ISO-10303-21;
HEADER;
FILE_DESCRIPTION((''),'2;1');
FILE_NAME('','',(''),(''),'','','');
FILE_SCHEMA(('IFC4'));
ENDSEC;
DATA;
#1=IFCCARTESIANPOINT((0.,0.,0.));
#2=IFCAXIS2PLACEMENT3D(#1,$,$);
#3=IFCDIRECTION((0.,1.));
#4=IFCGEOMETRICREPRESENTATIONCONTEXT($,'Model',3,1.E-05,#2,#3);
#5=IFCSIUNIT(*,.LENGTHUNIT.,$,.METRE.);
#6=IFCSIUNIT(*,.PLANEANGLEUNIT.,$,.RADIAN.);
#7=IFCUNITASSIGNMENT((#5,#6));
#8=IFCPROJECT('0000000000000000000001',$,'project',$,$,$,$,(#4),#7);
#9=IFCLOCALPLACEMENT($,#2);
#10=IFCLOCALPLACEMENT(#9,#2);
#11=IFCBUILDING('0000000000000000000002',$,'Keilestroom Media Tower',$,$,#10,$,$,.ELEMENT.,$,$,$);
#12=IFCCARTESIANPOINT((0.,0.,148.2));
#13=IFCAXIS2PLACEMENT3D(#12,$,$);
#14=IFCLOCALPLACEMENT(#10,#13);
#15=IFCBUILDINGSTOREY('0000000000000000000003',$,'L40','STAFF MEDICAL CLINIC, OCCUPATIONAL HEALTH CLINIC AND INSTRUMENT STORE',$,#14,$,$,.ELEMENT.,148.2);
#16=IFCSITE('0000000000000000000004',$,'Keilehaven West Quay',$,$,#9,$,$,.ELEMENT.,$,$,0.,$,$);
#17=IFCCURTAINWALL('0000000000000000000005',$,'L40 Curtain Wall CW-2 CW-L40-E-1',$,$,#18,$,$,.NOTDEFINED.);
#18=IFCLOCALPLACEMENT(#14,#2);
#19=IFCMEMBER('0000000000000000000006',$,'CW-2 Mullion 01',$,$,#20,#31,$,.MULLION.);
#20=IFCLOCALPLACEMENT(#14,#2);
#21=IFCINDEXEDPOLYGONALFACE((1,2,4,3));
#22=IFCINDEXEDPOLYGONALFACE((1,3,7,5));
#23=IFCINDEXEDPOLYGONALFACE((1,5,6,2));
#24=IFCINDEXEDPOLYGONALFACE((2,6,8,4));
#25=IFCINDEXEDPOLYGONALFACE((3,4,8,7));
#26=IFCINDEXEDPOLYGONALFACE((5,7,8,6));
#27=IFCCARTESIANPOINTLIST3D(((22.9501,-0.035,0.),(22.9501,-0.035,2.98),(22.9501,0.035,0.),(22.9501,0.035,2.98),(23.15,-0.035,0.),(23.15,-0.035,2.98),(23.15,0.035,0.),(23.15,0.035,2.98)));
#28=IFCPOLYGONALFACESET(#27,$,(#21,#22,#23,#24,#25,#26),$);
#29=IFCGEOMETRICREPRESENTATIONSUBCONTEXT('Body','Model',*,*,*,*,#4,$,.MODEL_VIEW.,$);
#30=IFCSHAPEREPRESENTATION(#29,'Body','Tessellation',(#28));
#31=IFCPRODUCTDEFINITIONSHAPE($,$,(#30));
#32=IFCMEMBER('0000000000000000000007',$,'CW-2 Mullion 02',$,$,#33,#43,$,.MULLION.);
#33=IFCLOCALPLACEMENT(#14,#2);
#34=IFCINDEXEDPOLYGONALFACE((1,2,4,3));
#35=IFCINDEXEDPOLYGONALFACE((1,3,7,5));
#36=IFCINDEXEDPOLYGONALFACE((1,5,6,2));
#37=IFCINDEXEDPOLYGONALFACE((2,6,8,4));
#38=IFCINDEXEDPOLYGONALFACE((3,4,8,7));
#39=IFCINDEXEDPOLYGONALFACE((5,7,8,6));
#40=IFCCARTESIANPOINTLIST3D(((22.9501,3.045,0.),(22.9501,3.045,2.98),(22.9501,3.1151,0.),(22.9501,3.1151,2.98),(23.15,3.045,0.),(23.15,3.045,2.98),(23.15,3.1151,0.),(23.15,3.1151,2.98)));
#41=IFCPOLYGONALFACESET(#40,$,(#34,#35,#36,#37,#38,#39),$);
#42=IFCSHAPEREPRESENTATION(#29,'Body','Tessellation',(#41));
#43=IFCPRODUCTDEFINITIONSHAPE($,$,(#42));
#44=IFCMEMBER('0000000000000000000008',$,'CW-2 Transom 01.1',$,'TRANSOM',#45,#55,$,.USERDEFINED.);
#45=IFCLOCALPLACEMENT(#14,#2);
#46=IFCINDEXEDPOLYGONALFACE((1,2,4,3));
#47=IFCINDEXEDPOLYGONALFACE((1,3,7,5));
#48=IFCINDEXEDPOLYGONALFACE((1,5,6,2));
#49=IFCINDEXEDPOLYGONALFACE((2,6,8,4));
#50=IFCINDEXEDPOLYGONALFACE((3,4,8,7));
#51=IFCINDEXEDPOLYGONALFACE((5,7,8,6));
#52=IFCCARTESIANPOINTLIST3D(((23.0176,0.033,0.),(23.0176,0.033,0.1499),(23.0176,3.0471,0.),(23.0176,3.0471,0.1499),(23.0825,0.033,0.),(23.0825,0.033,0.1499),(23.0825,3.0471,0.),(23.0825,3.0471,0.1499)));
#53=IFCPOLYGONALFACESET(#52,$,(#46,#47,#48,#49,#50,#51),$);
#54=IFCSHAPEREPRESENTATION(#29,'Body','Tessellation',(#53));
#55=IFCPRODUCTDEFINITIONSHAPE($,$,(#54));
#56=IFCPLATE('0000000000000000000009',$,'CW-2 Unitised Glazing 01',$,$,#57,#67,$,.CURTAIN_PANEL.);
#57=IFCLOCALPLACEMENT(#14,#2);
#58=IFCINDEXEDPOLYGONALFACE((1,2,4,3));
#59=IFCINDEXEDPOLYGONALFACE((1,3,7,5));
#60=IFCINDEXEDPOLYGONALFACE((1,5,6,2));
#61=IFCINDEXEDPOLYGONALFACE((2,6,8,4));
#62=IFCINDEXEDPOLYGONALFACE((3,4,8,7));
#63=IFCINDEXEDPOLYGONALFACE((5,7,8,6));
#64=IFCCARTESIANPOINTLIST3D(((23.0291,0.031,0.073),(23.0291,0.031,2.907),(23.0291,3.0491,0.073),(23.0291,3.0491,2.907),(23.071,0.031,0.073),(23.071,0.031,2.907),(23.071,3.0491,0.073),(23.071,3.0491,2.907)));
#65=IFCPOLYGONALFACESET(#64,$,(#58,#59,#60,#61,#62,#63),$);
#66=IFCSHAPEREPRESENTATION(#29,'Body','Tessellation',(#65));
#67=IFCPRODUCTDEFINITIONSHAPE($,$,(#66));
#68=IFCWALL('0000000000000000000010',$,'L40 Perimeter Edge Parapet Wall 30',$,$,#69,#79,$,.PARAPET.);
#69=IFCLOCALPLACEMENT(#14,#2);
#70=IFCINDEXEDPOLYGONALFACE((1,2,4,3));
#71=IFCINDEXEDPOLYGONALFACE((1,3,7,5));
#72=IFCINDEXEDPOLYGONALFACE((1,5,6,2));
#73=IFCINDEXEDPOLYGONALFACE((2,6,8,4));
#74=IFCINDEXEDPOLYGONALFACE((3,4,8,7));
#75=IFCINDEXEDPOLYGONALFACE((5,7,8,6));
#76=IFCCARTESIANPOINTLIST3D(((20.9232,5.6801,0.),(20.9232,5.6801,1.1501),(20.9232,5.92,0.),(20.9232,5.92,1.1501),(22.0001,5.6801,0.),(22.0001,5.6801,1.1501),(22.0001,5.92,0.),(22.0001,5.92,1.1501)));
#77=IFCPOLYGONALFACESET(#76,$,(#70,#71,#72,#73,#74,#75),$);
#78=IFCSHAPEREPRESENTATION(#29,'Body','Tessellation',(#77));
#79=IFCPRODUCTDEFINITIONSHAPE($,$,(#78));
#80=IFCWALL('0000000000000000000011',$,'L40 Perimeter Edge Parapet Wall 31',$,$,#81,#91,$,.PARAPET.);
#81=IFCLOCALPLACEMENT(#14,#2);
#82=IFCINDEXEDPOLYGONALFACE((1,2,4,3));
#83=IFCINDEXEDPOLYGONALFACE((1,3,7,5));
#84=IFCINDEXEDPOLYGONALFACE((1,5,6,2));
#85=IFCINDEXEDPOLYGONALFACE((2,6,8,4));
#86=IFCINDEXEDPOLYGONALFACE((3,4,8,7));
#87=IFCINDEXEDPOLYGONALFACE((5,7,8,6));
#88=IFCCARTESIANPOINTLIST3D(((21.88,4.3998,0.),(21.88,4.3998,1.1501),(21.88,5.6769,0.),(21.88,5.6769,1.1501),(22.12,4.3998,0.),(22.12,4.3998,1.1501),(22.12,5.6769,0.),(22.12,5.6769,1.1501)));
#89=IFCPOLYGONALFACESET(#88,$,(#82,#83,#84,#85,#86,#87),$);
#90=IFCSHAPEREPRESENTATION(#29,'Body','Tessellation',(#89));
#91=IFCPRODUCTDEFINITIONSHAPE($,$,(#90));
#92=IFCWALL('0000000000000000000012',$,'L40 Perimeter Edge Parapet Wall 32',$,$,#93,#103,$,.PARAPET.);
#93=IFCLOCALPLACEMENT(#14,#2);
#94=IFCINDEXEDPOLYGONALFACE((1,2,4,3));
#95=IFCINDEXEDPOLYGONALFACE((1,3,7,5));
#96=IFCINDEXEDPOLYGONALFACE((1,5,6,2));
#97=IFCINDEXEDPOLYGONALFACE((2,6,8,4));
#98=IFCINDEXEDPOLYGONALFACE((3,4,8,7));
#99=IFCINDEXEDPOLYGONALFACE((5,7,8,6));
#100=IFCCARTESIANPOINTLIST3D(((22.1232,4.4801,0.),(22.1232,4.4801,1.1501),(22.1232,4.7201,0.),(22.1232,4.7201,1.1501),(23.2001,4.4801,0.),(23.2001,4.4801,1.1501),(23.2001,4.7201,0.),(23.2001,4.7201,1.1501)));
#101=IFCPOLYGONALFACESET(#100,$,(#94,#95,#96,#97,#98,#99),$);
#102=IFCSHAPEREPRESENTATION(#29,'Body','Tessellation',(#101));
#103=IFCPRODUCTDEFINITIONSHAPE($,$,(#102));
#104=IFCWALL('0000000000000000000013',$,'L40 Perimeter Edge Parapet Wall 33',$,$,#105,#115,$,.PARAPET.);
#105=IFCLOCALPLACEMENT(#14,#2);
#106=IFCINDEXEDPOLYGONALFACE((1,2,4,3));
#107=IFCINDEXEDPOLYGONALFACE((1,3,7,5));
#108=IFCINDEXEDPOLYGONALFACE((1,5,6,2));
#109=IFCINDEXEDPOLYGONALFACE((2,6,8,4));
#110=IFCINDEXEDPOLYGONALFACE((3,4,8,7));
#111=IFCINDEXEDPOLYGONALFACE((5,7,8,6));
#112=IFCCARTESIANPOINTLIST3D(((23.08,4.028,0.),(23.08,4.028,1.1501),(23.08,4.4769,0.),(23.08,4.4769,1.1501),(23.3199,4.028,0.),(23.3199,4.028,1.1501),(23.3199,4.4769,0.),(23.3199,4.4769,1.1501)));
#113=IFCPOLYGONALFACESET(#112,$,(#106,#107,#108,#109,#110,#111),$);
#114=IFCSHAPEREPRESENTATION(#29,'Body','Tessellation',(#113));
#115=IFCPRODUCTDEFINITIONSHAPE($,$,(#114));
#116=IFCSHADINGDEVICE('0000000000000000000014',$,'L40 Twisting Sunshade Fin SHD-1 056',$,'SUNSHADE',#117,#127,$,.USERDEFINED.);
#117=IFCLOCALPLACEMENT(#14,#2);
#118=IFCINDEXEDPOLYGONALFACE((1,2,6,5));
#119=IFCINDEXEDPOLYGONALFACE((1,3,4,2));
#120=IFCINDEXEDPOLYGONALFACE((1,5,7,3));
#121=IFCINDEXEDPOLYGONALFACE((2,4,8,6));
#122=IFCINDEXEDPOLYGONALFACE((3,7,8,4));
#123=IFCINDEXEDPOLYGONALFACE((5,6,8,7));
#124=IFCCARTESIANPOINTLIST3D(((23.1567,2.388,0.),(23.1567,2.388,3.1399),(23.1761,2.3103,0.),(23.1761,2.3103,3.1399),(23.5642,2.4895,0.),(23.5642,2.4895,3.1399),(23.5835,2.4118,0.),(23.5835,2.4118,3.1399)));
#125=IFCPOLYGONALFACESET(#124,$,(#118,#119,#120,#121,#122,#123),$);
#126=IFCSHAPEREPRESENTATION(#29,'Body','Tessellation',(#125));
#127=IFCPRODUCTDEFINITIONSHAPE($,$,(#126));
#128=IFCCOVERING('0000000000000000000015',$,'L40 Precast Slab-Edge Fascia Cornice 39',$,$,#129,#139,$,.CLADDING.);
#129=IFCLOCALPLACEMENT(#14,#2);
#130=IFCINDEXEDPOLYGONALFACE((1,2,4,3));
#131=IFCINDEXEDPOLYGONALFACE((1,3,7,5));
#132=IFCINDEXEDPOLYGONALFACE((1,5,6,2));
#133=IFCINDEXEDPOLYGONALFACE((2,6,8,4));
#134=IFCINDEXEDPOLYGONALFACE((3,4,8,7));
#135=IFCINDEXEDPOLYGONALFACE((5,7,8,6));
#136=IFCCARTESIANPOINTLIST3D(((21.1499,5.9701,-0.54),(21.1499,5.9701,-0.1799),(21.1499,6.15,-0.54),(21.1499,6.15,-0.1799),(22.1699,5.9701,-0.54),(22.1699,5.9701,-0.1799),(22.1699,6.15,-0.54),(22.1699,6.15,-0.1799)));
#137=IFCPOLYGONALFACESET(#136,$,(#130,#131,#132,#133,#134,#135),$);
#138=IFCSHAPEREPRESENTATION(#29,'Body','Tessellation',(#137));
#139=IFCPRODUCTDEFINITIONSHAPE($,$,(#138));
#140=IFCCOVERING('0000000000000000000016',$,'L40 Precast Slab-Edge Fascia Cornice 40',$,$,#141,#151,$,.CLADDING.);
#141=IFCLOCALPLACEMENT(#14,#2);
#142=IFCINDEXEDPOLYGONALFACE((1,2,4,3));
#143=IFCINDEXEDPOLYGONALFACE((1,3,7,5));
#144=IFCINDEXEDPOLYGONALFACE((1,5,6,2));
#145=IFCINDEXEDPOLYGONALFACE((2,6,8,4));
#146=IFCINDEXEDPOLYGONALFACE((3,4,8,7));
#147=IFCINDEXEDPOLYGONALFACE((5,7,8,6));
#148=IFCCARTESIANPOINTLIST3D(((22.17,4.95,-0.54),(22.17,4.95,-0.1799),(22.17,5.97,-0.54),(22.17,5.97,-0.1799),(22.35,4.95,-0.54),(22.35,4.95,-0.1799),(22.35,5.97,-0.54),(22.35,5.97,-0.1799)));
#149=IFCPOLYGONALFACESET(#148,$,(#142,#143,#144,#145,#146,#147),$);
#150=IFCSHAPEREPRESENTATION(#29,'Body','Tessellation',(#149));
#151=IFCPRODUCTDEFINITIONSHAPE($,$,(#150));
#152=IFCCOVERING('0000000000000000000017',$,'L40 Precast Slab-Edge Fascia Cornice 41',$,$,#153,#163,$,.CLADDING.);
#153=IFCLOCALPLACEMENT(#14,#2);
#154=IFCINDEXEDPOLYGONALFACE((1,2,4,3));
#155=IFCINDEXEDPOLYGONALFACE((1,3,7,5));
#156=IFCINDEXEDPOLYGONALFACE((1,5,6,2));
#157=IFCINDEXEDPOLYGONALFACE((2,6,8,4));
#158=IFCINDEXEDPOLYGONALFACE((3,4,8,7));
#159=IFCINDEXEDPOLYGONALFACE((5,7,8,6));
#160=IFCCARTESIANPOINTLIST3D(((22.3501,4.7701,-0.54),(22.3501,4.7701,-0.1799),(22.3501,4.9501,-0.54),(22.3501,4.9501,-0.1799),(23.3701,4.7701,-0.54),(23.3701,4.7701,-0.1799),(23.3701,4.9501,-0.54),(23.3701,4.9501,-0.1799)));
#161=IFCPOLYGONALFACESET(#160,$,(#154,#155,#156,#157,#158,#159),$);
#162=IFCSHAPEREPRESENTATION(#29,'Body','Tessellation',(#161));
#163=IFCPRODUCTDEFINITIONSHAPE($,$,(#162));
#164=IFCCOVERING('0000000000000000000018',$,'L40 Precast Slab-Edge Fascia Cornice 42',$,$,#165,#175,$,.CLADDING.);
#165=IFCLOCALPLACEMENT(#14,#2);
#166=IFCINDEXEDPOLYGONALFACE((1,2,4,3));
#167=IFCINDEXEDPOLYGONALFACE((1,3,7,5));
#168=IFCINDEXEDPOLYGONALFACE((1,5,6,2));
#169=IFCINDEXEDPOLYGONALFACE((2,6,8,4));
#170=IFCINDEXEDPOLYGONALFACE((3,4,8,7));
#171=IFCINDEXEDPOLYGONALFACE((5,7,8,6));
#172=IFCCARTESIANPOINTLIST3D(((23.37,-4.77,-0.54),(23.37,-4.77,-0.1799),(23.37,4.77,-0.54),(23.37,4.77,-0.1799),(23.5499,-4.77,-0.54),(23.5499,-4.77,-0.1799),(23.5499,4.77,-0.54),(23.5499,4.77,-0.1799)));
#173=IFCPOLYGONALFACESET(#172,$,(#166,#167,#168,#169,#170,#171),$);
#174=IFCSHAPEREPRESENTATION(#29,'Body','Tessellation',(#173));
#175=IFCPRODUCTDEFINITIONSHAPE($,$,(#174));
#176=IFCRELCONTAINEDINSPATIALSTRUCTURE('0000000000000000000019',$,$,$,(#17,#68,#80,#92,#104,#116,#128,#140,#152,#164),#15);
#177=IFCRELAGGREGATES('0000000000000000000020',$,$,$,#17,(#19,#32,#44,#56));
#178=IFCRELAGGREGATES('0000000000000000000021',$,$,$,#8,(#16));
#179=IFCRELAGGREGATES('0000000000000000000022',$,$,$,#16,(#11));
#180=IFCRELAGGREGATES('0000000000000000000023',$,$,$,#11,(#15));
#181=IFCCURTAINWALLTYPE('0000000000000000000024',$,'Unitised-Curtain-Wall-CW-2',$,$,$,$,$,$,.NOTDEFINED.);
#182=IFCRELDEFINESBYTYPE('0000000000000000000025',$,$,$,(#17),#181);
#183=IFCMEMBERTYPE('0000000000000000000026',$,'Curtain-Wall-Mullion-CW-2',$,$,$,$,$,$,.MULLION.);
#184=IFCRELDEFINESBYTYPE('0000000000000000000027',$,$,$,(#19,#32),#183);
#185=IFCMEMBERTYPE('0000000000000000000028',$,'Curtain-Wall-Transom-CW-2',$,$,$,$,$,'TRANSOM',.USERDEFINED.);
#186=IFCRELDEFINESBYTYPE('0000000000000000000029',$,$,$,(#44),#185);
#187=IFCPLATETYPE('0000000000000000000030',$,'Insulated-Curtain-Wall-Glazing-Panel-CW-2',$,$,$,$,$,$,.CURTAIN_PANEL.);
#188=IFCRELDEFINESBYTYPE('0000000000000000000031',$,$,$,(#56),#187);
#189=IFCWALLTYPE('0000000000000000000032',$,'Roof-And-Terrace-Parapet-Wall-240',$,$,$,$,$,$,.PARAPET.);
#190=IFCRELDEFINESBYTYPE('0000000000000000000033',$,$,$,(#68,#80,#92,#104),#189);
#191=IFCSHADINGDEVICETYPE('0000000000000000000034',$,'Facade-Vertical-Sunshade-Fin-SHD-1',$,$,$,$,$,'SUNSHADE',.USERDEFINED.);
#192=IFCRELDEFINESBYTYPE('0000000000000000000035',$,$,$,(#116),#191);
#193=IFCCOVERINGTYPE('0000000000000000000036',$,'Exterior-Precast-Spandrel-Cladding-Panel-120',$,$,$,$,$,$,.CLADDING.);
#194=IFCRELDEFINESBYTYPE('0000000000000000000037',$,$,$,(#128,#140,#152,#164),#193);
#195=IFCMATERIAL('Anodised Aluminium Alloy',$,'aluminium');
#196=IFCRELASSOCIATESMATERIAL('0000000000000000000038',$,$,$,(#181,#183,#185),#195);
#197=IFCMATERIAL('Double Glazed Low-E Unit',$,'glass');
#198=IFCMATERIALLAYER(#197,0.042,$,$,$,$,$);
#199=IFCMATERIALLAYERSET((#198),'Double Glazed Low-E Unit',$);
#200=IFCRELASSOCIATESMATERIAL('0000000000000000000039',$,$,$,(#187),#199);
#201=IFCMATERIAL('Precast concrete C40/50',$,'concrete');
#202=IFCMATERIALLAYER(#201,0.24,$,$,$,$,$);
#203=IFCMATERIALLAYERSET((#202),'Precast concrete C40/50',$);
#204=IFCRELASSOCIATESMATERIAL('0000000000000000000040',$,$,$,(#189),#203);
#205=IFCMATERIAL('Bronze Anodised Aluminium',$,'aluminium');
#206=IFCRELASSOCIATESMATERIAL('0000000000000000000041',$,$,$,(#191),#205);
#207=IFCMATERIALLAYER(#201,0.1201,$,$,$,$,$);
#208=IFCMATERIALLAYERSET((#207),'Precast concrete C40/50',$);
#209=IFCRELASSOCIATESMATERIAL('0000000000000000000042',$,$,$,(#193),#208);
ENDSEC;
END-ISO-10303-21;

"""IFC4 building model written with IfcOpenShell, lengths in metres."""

from ifc_helpers import new_model, si_unit, direction, frame, frame_2d, origin, origin_2d, place, context, subcontext, project, spatial, rectangle, extrude, source, transform, mapped, material, layer, layer_set, material_profile, profile_set, type_object, element, aggregate, save


model = new_model("IFC4")

# Units and contexts
model_context = context("Model", 3, precision=1e-05, world=origin(), true_north=direction((0.0, 1.0)))
body_context = subcontext(model_context, "Body", "Model", "MODEL_VIEW")
ifc_project = project(units=[si_unit("LENGTHUNIT", "METRE"), si_unit("PLANEANGLEUNIT", "RADIAN")], contexts=[model_context])

# Site, building, storey
site_placement = place(None, origin())
site = spatial("IfcSite", under=ifc_project, at=site_placement, Name="Keilehaven West Quay", CompositionType="ELEMENT", RefElevation=0.0)
building_placement = place(site_placement, origin())
building = spatial("IfcBuilding", under=site, at=building_placement, Name="Keilestroom Media Tower", CompositionType="ELEMENT")
storey_placement = place(building_placement, frame((0.0, 0.0, 148.2)))
storey = spatial("IfcBuildingStorey", under=building, at=storey_placement, Name="L40", Description="STAFF MEDICAL CLINIC, OCCUPATIONAL HEALTH CLINIC AND INSTRUMENT STORE", CompositionType="ELEMENT", Elevation=148.2)

# Shared definitions
ifc_material_1 = material(Name="Precast concrete C40/50", Category="concrete")

# Curtain wall, members, plate
ifc_material_2 = material(Name="Anodised Aluminium Alloy", Category="aluminium")
curtain_wall_type = type_object("IfcCurtainWallType", Name="Unitised-Curtain-Wall-CW-2", PredefinedType="NOTDEFINED", material=ifc_material_2)
curtain_wall_placement = place(storey_placement, origin())
curtain_wall = element("IfcCurtainWall", 1, at=curtain_wall_placement, inside=storey, type_object=curtain_wall_type, Name="L40 Curtain Wall CW-2 CW-L40-E-1", PredefinedType="NOTDEFINED")
ifc_material_profile_1 = material_profile(ifc_material_2, rectangle(XDim=0.0701, YDim=0.2, at=origin_2d()), Name="ALU MULLION 70x200")
ifc_profile_set_1 = profile_set([ifc_material_profile_1], Name="Anodised Aluminium Alloy")
member_type_1 = type_object("IfcMemberType", Name="Curtain-Wall-Mullion-CW-2", PredefinedType="MULLION", material=ifc_profile_set_1)
shared_shape_1 = source(origin(), body_context, "Body", "SweptSolid", [
    extrude(rectangle(XDim=0.0701, YDim=0.2, at=origin_2d()), origin(), (0.0, 0.0, 1.0), 2.98),
])
member_1_placement = place(storey_placement, frame((23.05, 0.0, 0.0), z_axis=(0.0, 0.0, 1.0), x_axis=(0.0, 1.0, 0.0)))
member_1 = element("IfcMember", 2, at=member_1_placement, type_object=member_type_1, Name="CW-2 Mullion 01", PredefinedType="MULLION", context=body_context, shape_type="MappedRepresentation", body=[
    mapped(shared_shape_1, transform((0.0, 0.0, 0.0), x_axis=(1.0, 0.0, 0.0), y_axis=(0.0, 1.0, 0.0), z_axis=(0.0, 0.0, 1.0), scale=1.0)),
])
member_2_placement = place(storey_placement, frame((23.05, 3.0801, 0.0), z_axis=(0.0, 0.0, 1.0), x_axis=(0.0, 1.0, 0.0)))
member_2 = element("IfcMember", 3, at=member_2_placement, type_object=member_type_1, Name="CW-2 Mullion 02", PredefinedType="MULLION", context=body_context, shape_type="MappedRepresentation", body=[
    mapped(shared_shape_1, transform((0.0, 0.0, 0.0), x_axis=(1.0, 0.0, 0.0), y_axis=(0.0, 1.0, 0.0), z_axis=(0.0, 0.0, 1.0), scale=1.0)),
])
ifc_material_profile_2 = material_profile(ifc_material_2, rectangle(XDim=0.0649, YDim=0.1499, at=origin_2d()), Name="ALU TRANSOM 65x150")
ifc_profile_set_2 = profile_set([ifc_material_profile_2], Name="Anodised Aluminium Alloy")
member_type_2 = type_object("IfcMemberType", Name="Curtain-Wall-Transom-CW-2", ElementType="TRANSOM", PredefinedType="USERDEFINED", material=ifc_profile_set_2)
shared_shape_2 = source(origin(), body_context, "Body", "SweptSolid", [
    extrude(rectangle(XDim=0.0649, YDim=0.1499, at=origin_2d()), origin(), (0.0, 0.0, 1.0), 3.0142),
])
member_3_placement = place(storey_placement, frame((23.05, 0.033, 0.075), z_axis=(0.0, 1.0, 0.0), x_axis=(-1.0, 0.0, 0.0)))
member_3 = element("IfcMember", 4, at=member_3_placement, type_object=member_type_2, Name="CW-2 Transom 01.1", ObjectType="TRANSOM", PredefinedType="USERDEFINED", context=body_context, shape_type="MappedRepresentation", body=[
    mapped(shared_shape_2, transform((0.0, 0.0, 0.0), x_axis=(1.0, 0.0, 0.0), y_axis=(0.0, 1.0, 0.0), z_axis=(0.0, 0.0, 1.0), scale=1.0)),
])
ifc_material_3 = material(Name="Double Glazed Low-E Unit", Category="glass")
ifc_layer_1 = layer(ifc_material_3, 0.042)
ifc_layer_set_1 = layer_set([ifc_layer_1], Name="Double Glazed Low-E Unit")
plate_type = type_object("IfcPlateType", Name="Insulated-Curtain-Wall-Glazing-Panel-CW-2", PredefinedType="CURTAIN_PANEL", material=ifc_layer_set_1)
shared_shape_3 = source(origin(), body_context, "Body", "SweptSolid", [
    extrude(rectangle(XDim=3.0181, YDim=0.042, at=origin_2d()), origin(), (0.0, 0.0, 1.0), 2.834),
])
plate_placement = place(storey_placement, frame((23.05, 1.54, 0.073), z_axis=(0.0, 0.0, 1.0), x_axis=(0.0, 1.0, 0.0)))
plate = element("IfcPlate", 5, at=plate_placement, type_object=plate_type, Name="CW-2 Unitised Glazing 01", PredefinedType="CURTAIN_PANEL", context=body_context, shape_type="MappedRepresentation", body=[
    mapped(shared_shape_3, transform((0.0, 0.0, 0.0), x_axis=(1.0, 0.0, 0.0), y_axis=(0.0, 1.0, 0.0), z_axis=(0.0, 0.0, 1.0), scale=1.0)),
])
aggregate(curtain_wall, [member_1, member_2, member_3, plate])

# Walls
ifc_layer_2 = layer(ifc_material_1, 0.24)
ifc_layer_set_2 = layer_set([ifc_layer_2], Name="Precast concrete C40/50")
wall_type = type_object("IfcWallType", Name="Roof-And-Terrace-Parapet-Wall-240", PredefinedType="PARAPET", material=ifc_layer_set_2)
wall_1_placement = place(storey_placement, frame((20.9231, 5.8, 0.0), z_axis=(0.0, 0.0, 1.0), x_axis=(1.0, 0.0, 0.0)))
element("IfcWall", 6, at=wall_1_placement, inside=storey, type_object=wall_type, Name="L40 Perimeter Edge Parapet Wall 30", PredefinedType="PARAPET", context=body_context, shape_type="SweptSolid", body=[
    extrude(rectangle(XDim=1.0769, YDim=0.24, at=frame_2d((0.5386, 0.0))), origin(), (0.0, 0.0, 1.0), 1.1501),
])
wall_2_placement = place(storey_placement, frame((22.0, 5.677, 0.0), z_axis=(0.0, 0.0, 1.0), x_axis=(0.0, -1.0, 0.0)))
element("IfcWall", 7, at=wall_2_placement, inside=storey, type_object=wall_type, Name="L40 Perimeter Edge Parapet Wall 31", PredefinedType="PARAPET", context=body_context, shape_type="SweptSolid", body=[
    extrude(rectangle(XDim=1.2771, YDim=0.24, at=frame_2d((0.6387, 0.0))), origin(), (0.0, 0.0, 1.0), 1.1501),
])
wall_3_placement = place(storey_placement, frame((22.123, 4.6001, 0.0), z_axis=(0.0, 0.0, 1.0), x_axis=(1.0, 0.0, 0.0)))
element("IfcWall", 8, at=wall_3_placement, inside=storey, type_object=wall_type, Name="L40 Perimeter Edge Parapet Wall 32", PredefinedType="PARAPET", context=body_context, shape_type="SweptSolid", body=[
    extrude(rectangle(XDim=1.0769, YDim=0.24, at=frame_2d((0.5386, 0.0))), origin(), (0.0, 0.0, 1.0), 1.1501),
])
wall_4_placement = place(storey_placement, frame((23.2, 4.4771, 0.0), z_axis=(0.0, 0.0, 1.0), x_axis=(0.0, -1.0, 0.0)))
element("IfcWall", 9, at=wall_4_placement, inside=storey, type_object=wall_type, Name="L40 Perimeter Edge Parapet Wall 33", PredefinedType="PARAPET", context=body_context, shape_type="SweptSolid", body=[
    extrude(rectangle(XDim=0.449, YDim=0.24, at=frame_2d((0.2246, 0.0))), origin(), (0.0, 0.0, 1.0), 1.1501),
])

# Shading device
ifc_material_4 = material(Name="Bronze Anodised Aluminium", Category="aluminium")
shading_device_type = type_object("IfcShadingDeviceType", Name="Facade-Vertical-Sunshade-Fin-SHD-1", ElementType="SUNSHADE", PredefinedType="USERDEFINED", material=ifc_material_4)
shared_shape_4 = source(origin(), body_context, "Body", "SweptSolid", [
    extrude(rectangle(XDim=0.4199, YDim=0.0801, at=origin_2d()), origin(), (0.0, 0.0, 1.0), 3.1399),
])
shading_device_placement = place(storey_placement, frame((23.3701, 2.3999, 0.0), z_axis=(0.0, 0.0, 1.0), x_axis=(0.970296, 0.241922, 0.0)))
element("IfcShadingDevice", 10, at=shading_device_placement, inside=storey, type_object=shading_device_type, Name="L40 Twisting Sunshade Fin SHD-1 056", ObjectType="SUNSHADE", PredefinedType="USERDEFINED", context=body_context, shape_type="MappedRepresentation", body=[
    mapped(shared_shape_4, transform((0.0, 0.0, 0.0), x_axis=(1.0, 0.0, 0.0), y_axis=(0.0, 1.0, 0.0), z_axis=(0.0, 0.0, 1.0), scale=1.0)),
])

# Coverings
ifc_layer_3 = layer(ifc_material_1, 0.1201)
ifc_layer_set_3 = layer_set([ifc_layer_3], Name="Precast concrete C40/50")
covering_type = type_object("IfcCoveringType", Name="Exterior-Precast-Spandrel-Cladding-Panel-120", PredefinedType="CLADDING", material=ifc_layer_set_3)
shared_shape_5 = source(origin(), body_context, "Body", "SweptSolid", [
    extrude(rectangle(XDim=1.02, YDim=0.1799, at=origin_2d()), origin(), (0.0, 0.0, 1.0), 0.3601),
])
for number, where, z_axis, x_axis, name in (
    (11, (21.6599, 6.0601, -0.54), (0.0, 0.0, 1.0), (1.0, 0.0, 0.0), "L40 Precast Slab-Edge Fascia Cornice 39"),
    (12, (22.26, 5.46, -0.54), (0.0, 0.0, 1.0), (0.0, -1.0, 0.0), "L40 Precast Slab-Edge Fascia Cornice 40"),
    (13, (22.8601, 4.8601, -0.54), (0.0, 0.0, 1.0), (1.0, 0.0, 0.0), "L40 Precast Slab-Edge Fascia Cornice 41"),
):
    element("IfcCovering", number, at=place(storey_placement, frame(where, z_axis=z_axis, x_axis=x_axis)), inside=storey, type_object=covering_type, Name=name, PredefinedType="CLADDING", context=body_context, shape_type="MappedRepresentation", body=[
        mapped(shared_shape_5, transform((0.0, 0.0, 0.0), x_axis=(1.0, 0.0, 0.0), y_axis=(0.0, 1.0, 0.0), z_axis=(0.0, 0.0, 1.0), scale=1.0)),
    ])
shared_shape_6 = source(origin(), body_context, "Body", "SweptSolid", [
    extrude(rectangle(XDim=9.54, YDim=0.1799, at=origin_2d()), origin(), (0.0, 0.0, 1.0), 0.3601),
])
covering_placement = place(storey_placement, frame((23.46, 0.0, -0.54), z_axis=(0.0, 0.0, 1.0), x_axis=(0.0, -1.0, 0.0)))
element("IfcCovering", 14, at=covering_placement, inside=storey, type_object=covering_type, Name="L40 Precast Slab-Edge Fascia Cornice 42", PredefinedType="CLADDING", context=body_context, shape_type="MappedRepresentation", body=[
    mapped(shared_shape_6, transform((0.0, 0.0, 0.0), x_axis=(1.0, 0.0, 0.0), y_axis=(0.0, 1.0, 0.0), z_axis=(0.0, 0.0, 1.0), scale=1.0)),
])

save(model, "model.ifc")
